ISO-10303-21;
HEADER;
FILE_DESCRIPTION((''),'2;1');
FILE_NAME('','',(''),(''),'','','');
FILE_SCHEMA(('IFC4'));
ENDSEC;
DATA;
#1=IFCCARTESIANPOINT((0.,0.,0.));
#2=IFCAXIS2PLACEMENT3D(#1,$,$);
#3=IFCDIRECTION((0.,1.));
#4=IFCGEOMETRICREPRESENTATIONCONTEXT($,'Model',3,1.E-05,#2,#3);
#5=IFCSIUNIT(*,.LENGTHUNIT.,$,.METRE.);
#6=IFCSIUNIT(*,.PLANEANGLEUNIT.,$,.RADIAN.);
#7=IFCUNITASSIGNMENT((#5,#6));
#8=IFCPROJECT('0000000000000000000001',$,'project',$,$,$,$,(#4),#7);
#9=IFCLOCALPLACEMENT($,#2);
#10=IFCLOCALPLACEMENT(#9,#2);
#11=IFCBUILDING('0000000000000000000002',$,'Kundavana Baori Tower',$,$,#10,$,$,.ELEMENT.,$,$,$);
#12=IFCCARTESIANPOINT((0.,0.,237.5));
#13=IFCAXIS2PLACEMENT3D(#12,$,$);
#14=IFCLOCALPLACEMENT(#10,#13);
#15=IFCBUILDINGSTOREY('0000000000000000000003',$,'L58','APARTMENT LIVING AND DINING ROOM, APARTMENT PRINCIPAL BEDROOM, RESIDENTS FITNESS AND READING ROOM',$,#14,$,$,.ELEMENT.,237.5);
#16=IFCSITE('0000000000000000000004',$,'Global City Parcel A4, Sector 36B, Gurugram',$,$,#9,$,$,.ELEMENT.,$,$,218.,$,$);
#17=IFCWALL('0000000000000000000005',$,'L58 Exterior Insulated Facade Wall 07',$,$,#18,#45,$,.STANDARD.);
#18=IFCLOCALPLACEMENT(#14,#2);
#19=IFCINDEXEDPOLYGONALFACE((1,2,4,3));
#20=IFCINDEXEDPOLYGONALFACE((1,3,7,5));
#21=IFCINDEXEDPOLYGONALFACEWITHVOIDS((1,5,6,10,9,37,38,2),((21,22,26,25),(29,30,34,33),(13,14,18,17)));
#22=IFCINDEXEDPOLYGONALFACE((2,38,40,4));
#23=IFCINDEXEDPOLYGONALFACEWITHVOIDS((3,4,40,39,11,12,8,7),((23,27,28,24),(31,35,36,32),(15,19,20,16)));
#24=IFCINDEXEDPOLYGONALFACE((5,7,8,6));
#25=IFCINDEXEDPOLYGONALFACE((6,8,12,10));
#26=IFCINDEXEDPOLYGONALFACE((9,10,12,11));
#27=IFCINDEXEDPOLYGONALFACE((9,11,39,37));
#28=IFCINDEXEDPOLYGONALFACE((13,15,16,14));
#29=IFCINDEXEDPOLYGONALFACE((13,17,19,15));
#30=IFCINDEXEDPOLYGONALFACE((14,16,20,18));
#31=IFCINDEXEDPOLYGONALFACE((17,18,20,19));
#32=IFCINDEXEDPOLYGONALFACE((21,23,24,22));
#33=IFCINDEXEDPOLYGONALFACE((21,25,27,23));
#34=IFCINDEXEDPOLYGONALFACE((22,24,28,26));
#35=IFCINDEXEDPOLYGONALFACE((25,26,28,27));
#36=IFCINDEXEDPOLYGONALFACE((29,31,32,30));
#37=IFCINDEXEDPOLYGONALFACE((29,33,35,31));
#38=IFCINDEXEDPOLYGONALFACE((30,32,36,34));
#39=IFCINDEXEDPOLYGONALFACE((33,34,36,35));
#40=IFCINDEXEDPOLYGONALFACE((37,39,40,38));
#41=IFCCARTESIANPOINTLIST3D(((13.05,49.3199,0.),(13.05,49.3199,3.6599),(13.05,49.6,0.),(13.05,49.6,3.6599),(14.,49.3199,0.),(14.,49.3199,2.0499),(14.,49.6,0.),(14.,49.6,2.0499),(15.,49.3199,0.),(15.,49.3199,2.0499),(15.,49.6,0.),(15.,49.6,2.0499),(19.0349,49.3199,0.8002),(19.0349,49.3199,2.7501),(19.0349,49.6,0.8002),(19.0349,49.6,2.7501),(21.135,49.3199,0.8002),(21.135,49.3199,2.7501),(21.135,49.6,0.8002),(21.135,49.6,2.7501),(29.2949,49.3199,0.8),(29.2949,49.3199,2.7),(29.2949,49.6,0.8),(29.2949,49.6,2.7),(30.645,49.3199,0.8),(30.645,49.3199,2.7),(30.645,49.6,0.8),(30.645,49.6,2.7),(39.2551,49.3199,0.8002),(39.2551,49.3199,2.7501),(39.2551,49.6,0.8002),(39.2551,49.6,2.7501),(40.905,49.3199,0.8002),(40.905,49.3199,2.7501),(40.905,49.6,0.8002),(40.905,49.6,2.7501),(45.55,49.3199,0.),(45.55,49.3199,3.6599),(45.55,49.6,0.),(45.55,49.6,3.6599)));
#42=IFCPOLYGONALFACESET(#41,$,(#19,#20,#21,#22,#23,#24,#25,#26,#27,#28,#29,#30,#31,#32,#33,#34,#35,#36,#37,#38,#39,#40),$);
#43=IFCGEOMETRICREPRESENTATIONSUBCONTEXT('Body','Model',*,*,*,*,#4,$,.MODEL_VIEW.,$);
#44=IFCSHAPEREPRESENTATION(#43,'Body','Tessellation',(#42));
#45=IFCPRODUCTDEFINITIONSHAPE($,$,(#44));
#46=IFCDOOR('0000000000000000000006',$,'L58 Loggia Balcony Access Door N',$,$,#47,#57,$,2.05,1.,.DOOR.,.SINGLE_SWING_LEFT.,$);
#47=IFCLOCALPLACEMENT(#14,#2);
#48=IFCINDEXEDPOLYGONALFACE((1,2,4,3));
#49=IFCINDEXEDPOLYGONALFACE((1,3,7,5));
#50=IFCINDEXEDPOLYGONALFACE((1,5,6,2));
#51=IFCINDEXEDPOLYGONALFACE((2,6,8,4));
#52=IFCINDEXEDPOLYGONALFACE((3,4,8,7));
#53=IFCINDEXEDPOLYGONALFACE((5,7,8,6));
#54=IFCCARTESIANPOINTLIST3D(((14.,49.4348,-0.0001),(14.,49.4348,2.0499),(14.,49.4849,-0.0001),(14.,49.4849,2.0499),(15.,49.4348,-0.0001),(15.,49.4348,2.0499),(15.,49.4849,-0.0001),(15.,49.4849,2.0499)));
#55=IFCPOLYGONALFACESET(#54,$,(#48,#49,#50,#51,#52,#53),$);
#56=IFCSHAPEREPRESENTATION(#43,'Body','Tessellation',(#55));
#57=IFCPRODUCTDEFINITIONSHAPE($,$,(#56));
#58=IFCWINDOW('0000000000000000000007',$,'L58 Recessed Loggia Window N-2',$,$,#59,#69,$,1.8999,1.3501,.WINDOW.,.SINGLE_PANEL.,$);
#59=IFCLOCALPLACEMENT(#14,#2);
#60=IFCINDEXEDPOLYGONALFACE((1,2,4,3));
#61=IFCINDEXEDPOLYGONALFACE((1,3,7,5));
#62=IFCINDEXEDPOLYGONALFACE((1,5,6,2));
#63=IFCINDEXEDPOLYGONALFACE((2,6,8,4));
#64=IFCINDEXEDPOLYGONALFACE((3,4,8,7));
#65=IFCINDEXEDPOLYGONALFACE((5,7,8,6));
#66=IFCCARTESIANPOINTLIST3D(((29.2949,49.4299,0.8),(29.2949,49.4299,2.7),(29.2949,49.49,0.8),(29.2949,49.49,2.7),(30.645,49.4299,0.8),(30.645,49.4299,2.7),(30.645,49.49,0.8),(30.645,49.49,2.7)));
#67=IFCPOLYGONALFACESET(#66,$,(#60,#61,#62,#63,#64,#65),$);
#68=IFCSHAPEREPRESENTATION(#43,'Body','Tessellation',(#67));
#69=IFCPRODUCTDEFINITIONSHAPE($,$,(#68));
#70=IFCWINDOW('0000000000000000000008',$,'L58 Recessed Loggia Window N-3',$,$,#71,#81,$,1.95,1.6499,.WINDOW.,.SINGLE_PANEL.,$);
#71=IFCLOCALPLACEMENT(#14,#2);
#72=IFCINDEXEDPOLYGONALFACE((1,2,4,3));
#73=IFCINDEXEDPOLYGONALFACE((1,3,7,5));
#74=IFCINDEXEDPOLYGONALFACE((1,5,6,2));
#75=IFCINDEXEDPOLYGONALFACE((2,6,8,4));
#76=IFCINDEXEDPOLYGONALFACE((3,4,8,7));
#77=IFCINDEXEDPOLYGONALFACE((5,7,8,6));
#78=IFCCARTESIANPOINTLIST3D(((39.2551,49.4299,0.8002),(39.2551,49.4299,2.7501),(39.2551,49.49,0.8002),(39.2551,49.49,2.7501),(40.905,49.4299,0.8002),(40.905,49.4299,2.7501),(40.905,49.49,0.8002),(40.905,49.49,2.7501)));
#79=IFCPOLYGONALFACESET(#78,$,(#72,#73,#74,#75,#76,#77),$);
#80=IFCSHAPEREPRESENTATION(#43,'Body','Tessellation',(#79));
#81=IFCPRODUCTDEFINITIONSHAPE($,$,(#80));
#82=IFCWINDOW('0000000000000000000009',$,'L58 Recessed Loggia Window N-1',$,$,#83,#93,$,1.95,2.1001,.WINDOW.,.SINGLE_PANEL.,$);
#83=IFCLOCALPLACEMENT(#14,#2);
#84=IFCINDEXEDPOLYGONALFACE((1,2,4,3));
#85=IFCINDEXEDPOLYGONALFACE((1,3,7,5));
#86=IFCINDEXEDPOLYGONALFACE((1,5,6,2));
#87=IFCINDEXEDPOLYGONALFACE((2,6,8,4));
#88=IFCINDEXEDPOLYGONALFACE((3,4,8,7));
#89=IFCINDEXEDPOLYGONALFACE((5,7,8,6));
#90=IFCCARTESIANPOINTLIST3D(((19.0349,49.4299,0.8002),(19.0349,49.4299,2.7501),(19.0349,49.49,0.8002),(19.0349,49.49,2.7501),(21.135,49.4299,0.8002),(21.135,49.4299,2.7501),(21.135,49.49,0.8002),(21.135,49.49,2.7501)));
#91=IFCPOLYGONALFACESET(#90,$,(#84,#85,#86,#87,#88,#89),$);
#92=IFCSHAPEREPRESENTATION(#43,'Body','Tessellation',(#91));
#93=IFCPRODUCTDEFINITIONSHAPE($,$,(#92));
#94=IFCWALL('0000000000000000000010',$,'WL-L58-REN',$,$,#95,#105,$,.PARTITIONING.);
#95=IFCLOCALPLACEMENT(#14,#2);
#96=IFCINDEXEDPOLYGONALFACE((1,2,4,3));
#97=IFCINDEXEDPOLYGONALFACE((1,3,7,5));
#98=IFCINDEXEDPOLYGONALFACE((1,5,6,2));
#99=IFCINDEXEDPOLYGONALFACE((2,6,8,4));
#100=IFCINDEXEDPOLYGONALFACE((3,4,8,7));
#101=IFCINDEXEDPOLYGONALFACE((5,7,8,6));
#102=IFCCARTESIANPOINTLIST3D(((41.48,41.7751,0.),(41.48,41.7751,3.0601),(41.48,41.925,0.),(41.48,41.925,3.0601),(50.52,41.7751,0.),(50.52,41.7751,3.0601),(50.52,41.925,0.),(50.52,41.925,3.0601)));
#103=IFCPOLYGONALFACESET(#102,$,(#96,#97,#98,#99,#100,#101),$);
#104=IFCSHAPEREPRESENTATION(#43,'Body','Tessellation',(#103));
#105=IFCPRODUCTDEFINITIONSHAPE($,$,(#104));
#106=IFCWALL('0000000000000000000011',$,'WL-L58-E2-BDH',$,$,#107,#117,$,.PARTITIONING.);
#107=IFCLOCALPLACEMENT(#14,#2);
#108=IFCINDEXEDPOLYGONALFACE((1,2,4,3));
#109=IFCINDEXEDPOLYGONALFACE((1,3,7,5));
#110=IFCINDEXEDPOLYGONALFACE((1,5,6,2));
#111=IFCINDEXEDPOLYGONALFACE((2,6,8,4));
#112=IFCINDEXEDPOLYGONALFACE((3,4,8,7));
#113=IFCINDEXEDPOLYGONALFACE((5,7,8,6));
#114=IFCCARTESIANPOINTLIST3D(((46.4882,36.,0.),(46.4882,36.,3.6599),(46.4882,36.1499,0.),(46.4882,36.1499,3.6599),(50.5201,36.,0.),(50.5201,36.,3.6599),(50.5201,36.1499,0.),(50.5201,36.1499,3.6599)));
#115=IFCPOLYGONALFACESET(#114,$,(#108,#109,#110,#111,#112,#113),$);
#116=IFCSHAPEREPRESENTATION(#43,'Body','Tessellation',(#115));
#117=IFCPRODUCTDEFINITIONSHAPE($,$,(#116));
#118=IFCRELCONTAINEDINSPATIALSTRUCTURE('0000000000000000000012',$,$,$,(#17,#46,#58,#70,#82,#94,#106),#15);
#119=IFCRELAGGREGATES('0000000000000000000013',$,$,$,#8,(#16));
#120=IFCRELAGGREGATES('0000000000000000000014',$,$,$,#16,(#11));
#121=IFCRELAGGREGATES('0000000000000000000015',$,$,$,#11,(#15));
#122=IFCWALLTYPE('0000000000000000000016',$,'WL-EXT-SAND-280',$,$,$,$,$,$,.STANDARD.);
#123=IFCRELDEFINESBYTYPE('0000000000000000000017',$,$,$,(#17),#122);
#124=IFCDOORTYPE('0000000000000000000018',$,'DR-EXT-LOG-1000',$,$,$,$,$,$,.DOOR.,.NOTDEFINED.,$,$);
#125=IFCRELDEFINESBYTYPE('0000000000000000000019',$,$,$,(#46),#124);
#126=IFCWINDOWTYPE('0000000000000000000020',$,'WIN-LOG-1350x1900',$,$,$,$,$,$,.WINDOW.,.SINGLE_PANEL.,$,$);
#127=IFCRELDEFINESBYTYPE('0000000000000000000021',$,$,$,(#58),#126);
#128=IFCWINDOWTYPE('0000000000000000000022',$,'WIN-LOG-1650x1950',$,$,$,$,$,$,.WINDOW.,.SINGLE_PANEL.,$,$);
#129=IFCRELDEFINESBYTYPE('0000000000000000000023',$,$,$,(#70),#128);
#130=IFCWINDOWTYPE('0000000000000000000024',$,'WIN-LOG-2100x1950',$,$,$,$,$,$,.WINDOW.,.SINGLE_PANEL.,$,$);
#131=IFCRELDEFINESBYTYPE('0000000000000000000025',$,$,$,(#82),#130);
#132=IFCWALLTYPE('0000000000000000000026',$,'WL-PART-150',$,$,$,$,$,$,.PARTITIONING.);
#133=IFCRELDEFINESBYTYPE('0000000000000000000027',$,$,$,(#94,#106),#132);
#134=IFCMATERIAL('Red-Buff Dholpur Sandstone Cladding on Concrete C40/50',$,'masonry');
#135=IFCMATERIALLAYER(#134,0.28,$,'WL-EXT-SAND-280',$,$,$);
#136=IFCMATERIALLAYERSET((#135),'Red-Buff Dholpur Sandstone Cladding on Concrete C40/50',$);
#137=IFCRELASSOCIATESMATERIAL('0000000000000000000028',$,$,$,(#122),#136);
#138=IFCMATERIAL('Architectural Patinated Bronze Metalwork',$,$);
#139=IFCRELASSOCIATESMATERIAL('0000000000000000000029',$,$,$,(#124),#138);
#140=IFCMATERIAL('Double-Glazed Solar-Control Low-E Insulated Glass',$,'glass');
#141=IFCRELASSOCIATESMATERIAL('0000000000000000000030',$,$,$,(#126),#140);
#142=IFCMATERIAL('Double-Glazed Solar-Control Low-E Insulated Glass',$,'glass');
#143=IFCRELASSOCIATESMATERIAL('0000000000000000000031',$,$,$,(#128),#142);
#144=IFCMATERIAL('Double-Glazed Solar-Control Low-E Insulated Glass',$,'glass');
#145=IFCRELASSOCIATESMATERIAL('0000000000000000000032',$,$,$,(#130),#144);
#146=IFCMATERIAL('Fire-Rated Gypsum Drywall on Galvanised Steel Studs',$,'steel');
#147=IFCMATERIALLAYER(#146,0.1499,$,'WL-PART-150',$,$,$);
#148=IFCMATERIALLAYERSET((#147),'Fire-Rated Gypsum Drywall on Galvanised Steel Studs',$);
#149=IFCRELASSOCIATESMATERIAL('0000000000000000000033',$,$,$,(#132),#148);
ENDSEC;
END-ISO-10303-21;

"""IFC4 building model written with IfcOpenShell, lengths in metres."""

from ifc_helpers import new_model, si_unit, direction, frame, frame_2d, origin, place, context, subcontext, project, spatial, rectangle, extrude, material, layer, layer_set, type_object, element, fill, save


model = new_model("IFC4")

# Units and contexts
model_context = context("Model", 3, precision=1e-05, world=origin(), true_north=direction((0.0, 1.0)))
body_context = subcontext(model_context, "Body", "Model", "MODEL_VIEW")
ifc_project = project(units=[si_unit("LENGTHUNIT", "METRE"), si_unit("PLANEANGLEUNIT", "RADIAN")], contexts=[model_context])

# Site, building, storey
site_placement = place(None, origin())
site = spatial("IfcSite", under=ifc_project, at=site_placement, Name="Global City Parcel A4, Sector 36B, Gurugram", CompositionType="ELEMENT", RefElevation=218.0)
building_placement = place(site_placement, origin())
building = spatial("IfcBuilding", under=site, at=building_placement, Name="Kundavana Baori Tower", CompositionType="ELEMENT")
storey_placement = place(building_placement, frame((0.0, 0.0, 237.5)))
storey = spatial("IfcBuildingStorey", under=building, at=storey_placement, Name="L58", Description="APARTMENT LIVING AND DINING ROOM, APARTMENT PRINCIPAL BEDROOM, RESIDENTS FITNESS AND READING ROOM", CompositionType="ELEMENT", Elevation=237.5)

# Shared definitions
ifc_material_1 = material(Name="Red-Buff Dholpur Sandstone Cladding on Concrete C40/50", Category="masonry")
ifc_layer_1 = layer(ifc_material_1, 0.28, Name="WL-EXT-SAND-280")
ifc_layer_set_1 = layer_set([ifc_layer_1], Name="Red-Buff Dholpur Sandstone Cladding on Concrete C40/50")
wall_type_1 = type_object("IfcWallType", Name="WL-EXT-SAND-280", PredefinedType="STANDARD", material=ifc_layer_set_1)

# Wall, openings, door, windows
wall_1_placement = place(storey_placement, frame((45.55, 49.46, 0.0), z_axis=(0.0, 0.0, 1.0), x_axis=(-1.0, 0.0, 0.0)))
wall_1 = element("IfcWall", 1, at=wall_1_placement, inside=storey, type_object=wall_type_1, Name="L58 Exterior Insulated Facade Wall 07", PredefinedType="STANDARD", context=body_context, shape_type="SweptSolid", body=[
    extrude(rectangle(XDim=32.5, YDim=0.28, at=frame_2d((16.25, 0.0))), origin(), (0.0, 0.0, 1.0), 3.6599),
])
opening_1_placement = place(wall_1_placement, frame((30.55, 0.0, 0.0)))
opening_1 = element("IfcOpeningElement", 2, at=opening_1_placement, cuts=wall_1, PredefinedType="OPENING", context=body_context, shape_type="SweptSolid", body=[
    extrude(rectangle(XDim=1.0, YDim=2.05, at=frame_2d((0.5, 1.0249))), frame((0.0, 0.1499, 0.0), z_axis=(0.0, -1.0, 0.0), x_axis=(1.0, 0.0, 0.0)), (0.0, 0.0, 1.0), 0.3),
])
opening_2_placement = place(wall_1_placement, frame((24.415, 0.0, 0.8)))
opening_2 = element("IfcOpeningElement", 3, at=opening_2_placement, cuts=wall_1, PredefinedType="OPENING", context=body_context, shape_type="SweptSolid", body=[
    extrude(rectangle(XDim=2.1001, YDim=1.95, at=frame_2d((1.05, 0.9751))), frame((0.0, 0.1499, 0.0), z_axis=(0.0, -1.0, 0.0), x_axis=(1.0, 0.0, 0.0)), (0.0, 0.0, 1.0), 0.3),
])
opening_3_placement = place(wall_1_placement, frame((14.905, 0.0, 0.8)))
opening_3 = element("IfcOpeningElement", 4, at=opening_3_placement, cuts=wall_1, PredefinedType="OPENING", context=body_context, shape_type="SweptSolid", body=[
    extrude(rectangle(XDim=1.3501, YDim=1.8999, at=frame_2d((0.675, 0.95))), frame((0.0, 0.1499, 0.0), z_axis=(0.0, -1.0, 0.0), x_axis=(1.0, 0.0, 0.0)), (0.0, 0.0, 1.0), 0.3),
])
opening_4_placement = place(wall_1_placement, frame((4.645, 0.0, 0.8)))
opening_4 = element("IfcOpeningElement", 5, at=opening_4_placement, cuts=wall_1, PredefinedType="OPENING", context=body_context, shape_type="SweptSolid", body=[
    extrude(rectangle(XDim=1.6499, YDim=1.95, at=frame_2d((0.825, 0.9751))), frame((0.0, 0.1499, 0.0), z_axis=(0.0, -1.0, 0.0), x_axis=(1.0, 0.0, 0.0)), (0.0, 0.0, 1.0), 0.3),
])
ifc_material_2 = material(Name="Architectural Patinated Bronze Metalwork")
door_type_1 = type_object("IfcDoorType", Name="DR-EXT-LOG-1000", OperationType="NOTDEFINED", PredefinedType="DOOR", material=ifc_material_2)
door_1_placement = place(opening_1_placement, frame((1.0, 0.0, 0.0), z_axis=(0.0, 0.0, 1.0), x_axis=(-1.0, 0.0, 0.0)))
door_1 = element("IfcDoor", 6, at=door_1_placement, inside=storey, type_object=door_type_1, Name="L58 Loggia Balcony Access Door N", OperationType="SINGLE_SWING_LEFT", OverallHeight=2.05, OverallWidth=1.0, PredefinedType="DOOR", context=body_context, shape_type="SweptSolid", body=[
    extrude(rectangle(XDim=1.0, YDim=2.05, at=frame_2d((0.5, 1.0249))), frame((0.0, 0.0249, 0.0), z_axis=(0.0, -1.0, 0.0), x_axis=(1.0, 0.0, 0.0)), (0.0, 0.0, 1.0), 0.05),
])
fill(opening_1, door_1)
ifc_material_3 = material(Name="Double-Glazed Solar-Control Low-E Insulated Glass", Category="glass")
window_type_1 = type_object("IfcWindowType", Name="WIN-LOG-1350x1900", PartitioningType="SINGLE_PANEL", PredefinedType="WINDOW", material=ifc_material_3)
window_1_placement = place(opening_3_placement, origin())
window_1 = element("IfcWindow", 7, at=window_1_placement, inside=storey, type_object=window_type_1, Name="L58 Recessed Loggia Window N-2", OverallHeight=1.8999, OverallWidth=1.3501, PartitioningType="SINGLE_PANEL", PredefinedType="WINDOW", context=body_context, shape_type="SweptSolid", body=[
    extrude(rectangle(XDim=1.3501, YDim=1.8999, at=frame_2d((0.675, 0.95))), frame((0.0, 0.03, 0.0), z_axis=(0.0, -1.0, 0.0), x_axis=(1.0, 0.0, 0.0)), (0.0, 0.0, 1.0), 0.0601),
])
fill(opening_3, window_1)
ifc_material_4 = material(Name="Double-Glazed Solar-Control Low-E Insulated Glass", Category="glass")
window_type_2 = type_object("IfcWindowType", Name="WIN-LOG-1650x1950", PartitioningType="SINGLE_PANEL", PredefinedType="WINDOW", material=ifc_material_4)
window_2_placement = place(opening_4_placement, origin())
window_2 = element("IfcWindow", 8, at=window_2_placement, inside=storey, type_object=window_type_2, Name="L58 Recessed Loggia Window N-3", OverallHeight=1.95, OverallWidth=1.6499, PartitioningType="SINGLE_PANEL", PredefinedType="WINDOW", context=body_context, shape_type="SweptSolid", body=[
    extrude(rectangle(XDim=1.6499, YDim=1.95, at=frame_2d((0.825, 0.9751))), frame((0.0, 0.03, 0.0), z_axis=(0.0, -1.0, 0.0), x_axis=(1.0, 0.0, 0.0)), (0.0, 0.0, 1.0), 0.0601),
])
fill(opening_4, window_2)
ifc_material_5 = material(Name="Double-Glazed Solar-Control Low-E Insulated Glass", Category="glass")
window_type_3 = type_object("IfcWindowType", Name="WIN-LOG-2100x1950", PartitioningType="SINGLE_PANEL", PredefinedType="WINDOW", material=ifc_material_5)
window_3_placement = place(opening_2_placement, origin())
window_3 = element("IfcWindow", 9, at=window_3_placement, inside=storey, type_object=window_type_3, Name="L58 Recessed Loggia Window N-1", OverallHeight=1.95, OverallWidth=2.1001, PartitioningType="SINGLE_PANEL", PredefinedType="WINDOW", context=body_context, shape_type="SweptSolid", body=[
    extrude(rectangle(XDim=2.1001, YDim=1.95, at=frame_2d((1.05, 0.9751))), frame((0.0, 0.03, 0.0), z_axis=(0.0, -1.0, 0.0), x_axis=(1.0, 0.0, 0.0)), (0.0, 0.0, 1.0), 0.0601),
])
fill(opening_2, window_3)

# Walls
ifc_material_6 = material(Name="Fire-Rated Gypsum Drywall on Galvanised Steel Studs", Category="steel")
ifc_layer_2 = layer(ifc_material_6, 0.1499, Name="WL-PART-150")
ifc_layer_set_2 = layer_set([ifc_layer_2], Name="Fire-Rated Gypsum Drywall on Galvanised Steel Studs")
wall_type_2 = type_object("IfcWallType", Name="WL-PART-150", PredefinedType="PARTITIONING", material=ifc_layer_set_2)
wall_2_placement = place(storey_placement, frame((41.48, 41.8501, 0.0), z_axis=(0.0, 0.0, 1.0), x_axis=(1.0, 0.0, 0.0)))
element("IfcWall", 10, at=wall_2_placement, inside=storey, type_object=wall_type_2, Name="WL-L58-REN", PredefinedType="PARTITIONING", context=body_context, shape_type="SweptSolid", body=[
    extrude(rectangle(XDim=9.04, YDim=0.1499, at=frame_2d((4.52, 0.0))), origin(), (0.0, 0.0, 1.0), 3.0601),
])
wall_3_placement = place(storey_placement, frame((46.488, 36.075, 0.0), z_axis=(0.0, 0.0, 1.0), x_axis=(1.0, 0.0, 0.0)))
element("IfcWall", 11, at=wall_3_placement, inside=storey, type_object=wall_type_2, Name="WL-L58-E2-BDH", PredefinedType="PARTITIONING", context=body_context, shape_type="SweptSolid", body=[
    extrude(rectangle(XDim=4.032, YDim=0.1499, at=frame_2d((2.0161, 0.0))), origin(), (0.0, 0.0, 1.0), 3.6599),
])

save(model, "model.ifc")
